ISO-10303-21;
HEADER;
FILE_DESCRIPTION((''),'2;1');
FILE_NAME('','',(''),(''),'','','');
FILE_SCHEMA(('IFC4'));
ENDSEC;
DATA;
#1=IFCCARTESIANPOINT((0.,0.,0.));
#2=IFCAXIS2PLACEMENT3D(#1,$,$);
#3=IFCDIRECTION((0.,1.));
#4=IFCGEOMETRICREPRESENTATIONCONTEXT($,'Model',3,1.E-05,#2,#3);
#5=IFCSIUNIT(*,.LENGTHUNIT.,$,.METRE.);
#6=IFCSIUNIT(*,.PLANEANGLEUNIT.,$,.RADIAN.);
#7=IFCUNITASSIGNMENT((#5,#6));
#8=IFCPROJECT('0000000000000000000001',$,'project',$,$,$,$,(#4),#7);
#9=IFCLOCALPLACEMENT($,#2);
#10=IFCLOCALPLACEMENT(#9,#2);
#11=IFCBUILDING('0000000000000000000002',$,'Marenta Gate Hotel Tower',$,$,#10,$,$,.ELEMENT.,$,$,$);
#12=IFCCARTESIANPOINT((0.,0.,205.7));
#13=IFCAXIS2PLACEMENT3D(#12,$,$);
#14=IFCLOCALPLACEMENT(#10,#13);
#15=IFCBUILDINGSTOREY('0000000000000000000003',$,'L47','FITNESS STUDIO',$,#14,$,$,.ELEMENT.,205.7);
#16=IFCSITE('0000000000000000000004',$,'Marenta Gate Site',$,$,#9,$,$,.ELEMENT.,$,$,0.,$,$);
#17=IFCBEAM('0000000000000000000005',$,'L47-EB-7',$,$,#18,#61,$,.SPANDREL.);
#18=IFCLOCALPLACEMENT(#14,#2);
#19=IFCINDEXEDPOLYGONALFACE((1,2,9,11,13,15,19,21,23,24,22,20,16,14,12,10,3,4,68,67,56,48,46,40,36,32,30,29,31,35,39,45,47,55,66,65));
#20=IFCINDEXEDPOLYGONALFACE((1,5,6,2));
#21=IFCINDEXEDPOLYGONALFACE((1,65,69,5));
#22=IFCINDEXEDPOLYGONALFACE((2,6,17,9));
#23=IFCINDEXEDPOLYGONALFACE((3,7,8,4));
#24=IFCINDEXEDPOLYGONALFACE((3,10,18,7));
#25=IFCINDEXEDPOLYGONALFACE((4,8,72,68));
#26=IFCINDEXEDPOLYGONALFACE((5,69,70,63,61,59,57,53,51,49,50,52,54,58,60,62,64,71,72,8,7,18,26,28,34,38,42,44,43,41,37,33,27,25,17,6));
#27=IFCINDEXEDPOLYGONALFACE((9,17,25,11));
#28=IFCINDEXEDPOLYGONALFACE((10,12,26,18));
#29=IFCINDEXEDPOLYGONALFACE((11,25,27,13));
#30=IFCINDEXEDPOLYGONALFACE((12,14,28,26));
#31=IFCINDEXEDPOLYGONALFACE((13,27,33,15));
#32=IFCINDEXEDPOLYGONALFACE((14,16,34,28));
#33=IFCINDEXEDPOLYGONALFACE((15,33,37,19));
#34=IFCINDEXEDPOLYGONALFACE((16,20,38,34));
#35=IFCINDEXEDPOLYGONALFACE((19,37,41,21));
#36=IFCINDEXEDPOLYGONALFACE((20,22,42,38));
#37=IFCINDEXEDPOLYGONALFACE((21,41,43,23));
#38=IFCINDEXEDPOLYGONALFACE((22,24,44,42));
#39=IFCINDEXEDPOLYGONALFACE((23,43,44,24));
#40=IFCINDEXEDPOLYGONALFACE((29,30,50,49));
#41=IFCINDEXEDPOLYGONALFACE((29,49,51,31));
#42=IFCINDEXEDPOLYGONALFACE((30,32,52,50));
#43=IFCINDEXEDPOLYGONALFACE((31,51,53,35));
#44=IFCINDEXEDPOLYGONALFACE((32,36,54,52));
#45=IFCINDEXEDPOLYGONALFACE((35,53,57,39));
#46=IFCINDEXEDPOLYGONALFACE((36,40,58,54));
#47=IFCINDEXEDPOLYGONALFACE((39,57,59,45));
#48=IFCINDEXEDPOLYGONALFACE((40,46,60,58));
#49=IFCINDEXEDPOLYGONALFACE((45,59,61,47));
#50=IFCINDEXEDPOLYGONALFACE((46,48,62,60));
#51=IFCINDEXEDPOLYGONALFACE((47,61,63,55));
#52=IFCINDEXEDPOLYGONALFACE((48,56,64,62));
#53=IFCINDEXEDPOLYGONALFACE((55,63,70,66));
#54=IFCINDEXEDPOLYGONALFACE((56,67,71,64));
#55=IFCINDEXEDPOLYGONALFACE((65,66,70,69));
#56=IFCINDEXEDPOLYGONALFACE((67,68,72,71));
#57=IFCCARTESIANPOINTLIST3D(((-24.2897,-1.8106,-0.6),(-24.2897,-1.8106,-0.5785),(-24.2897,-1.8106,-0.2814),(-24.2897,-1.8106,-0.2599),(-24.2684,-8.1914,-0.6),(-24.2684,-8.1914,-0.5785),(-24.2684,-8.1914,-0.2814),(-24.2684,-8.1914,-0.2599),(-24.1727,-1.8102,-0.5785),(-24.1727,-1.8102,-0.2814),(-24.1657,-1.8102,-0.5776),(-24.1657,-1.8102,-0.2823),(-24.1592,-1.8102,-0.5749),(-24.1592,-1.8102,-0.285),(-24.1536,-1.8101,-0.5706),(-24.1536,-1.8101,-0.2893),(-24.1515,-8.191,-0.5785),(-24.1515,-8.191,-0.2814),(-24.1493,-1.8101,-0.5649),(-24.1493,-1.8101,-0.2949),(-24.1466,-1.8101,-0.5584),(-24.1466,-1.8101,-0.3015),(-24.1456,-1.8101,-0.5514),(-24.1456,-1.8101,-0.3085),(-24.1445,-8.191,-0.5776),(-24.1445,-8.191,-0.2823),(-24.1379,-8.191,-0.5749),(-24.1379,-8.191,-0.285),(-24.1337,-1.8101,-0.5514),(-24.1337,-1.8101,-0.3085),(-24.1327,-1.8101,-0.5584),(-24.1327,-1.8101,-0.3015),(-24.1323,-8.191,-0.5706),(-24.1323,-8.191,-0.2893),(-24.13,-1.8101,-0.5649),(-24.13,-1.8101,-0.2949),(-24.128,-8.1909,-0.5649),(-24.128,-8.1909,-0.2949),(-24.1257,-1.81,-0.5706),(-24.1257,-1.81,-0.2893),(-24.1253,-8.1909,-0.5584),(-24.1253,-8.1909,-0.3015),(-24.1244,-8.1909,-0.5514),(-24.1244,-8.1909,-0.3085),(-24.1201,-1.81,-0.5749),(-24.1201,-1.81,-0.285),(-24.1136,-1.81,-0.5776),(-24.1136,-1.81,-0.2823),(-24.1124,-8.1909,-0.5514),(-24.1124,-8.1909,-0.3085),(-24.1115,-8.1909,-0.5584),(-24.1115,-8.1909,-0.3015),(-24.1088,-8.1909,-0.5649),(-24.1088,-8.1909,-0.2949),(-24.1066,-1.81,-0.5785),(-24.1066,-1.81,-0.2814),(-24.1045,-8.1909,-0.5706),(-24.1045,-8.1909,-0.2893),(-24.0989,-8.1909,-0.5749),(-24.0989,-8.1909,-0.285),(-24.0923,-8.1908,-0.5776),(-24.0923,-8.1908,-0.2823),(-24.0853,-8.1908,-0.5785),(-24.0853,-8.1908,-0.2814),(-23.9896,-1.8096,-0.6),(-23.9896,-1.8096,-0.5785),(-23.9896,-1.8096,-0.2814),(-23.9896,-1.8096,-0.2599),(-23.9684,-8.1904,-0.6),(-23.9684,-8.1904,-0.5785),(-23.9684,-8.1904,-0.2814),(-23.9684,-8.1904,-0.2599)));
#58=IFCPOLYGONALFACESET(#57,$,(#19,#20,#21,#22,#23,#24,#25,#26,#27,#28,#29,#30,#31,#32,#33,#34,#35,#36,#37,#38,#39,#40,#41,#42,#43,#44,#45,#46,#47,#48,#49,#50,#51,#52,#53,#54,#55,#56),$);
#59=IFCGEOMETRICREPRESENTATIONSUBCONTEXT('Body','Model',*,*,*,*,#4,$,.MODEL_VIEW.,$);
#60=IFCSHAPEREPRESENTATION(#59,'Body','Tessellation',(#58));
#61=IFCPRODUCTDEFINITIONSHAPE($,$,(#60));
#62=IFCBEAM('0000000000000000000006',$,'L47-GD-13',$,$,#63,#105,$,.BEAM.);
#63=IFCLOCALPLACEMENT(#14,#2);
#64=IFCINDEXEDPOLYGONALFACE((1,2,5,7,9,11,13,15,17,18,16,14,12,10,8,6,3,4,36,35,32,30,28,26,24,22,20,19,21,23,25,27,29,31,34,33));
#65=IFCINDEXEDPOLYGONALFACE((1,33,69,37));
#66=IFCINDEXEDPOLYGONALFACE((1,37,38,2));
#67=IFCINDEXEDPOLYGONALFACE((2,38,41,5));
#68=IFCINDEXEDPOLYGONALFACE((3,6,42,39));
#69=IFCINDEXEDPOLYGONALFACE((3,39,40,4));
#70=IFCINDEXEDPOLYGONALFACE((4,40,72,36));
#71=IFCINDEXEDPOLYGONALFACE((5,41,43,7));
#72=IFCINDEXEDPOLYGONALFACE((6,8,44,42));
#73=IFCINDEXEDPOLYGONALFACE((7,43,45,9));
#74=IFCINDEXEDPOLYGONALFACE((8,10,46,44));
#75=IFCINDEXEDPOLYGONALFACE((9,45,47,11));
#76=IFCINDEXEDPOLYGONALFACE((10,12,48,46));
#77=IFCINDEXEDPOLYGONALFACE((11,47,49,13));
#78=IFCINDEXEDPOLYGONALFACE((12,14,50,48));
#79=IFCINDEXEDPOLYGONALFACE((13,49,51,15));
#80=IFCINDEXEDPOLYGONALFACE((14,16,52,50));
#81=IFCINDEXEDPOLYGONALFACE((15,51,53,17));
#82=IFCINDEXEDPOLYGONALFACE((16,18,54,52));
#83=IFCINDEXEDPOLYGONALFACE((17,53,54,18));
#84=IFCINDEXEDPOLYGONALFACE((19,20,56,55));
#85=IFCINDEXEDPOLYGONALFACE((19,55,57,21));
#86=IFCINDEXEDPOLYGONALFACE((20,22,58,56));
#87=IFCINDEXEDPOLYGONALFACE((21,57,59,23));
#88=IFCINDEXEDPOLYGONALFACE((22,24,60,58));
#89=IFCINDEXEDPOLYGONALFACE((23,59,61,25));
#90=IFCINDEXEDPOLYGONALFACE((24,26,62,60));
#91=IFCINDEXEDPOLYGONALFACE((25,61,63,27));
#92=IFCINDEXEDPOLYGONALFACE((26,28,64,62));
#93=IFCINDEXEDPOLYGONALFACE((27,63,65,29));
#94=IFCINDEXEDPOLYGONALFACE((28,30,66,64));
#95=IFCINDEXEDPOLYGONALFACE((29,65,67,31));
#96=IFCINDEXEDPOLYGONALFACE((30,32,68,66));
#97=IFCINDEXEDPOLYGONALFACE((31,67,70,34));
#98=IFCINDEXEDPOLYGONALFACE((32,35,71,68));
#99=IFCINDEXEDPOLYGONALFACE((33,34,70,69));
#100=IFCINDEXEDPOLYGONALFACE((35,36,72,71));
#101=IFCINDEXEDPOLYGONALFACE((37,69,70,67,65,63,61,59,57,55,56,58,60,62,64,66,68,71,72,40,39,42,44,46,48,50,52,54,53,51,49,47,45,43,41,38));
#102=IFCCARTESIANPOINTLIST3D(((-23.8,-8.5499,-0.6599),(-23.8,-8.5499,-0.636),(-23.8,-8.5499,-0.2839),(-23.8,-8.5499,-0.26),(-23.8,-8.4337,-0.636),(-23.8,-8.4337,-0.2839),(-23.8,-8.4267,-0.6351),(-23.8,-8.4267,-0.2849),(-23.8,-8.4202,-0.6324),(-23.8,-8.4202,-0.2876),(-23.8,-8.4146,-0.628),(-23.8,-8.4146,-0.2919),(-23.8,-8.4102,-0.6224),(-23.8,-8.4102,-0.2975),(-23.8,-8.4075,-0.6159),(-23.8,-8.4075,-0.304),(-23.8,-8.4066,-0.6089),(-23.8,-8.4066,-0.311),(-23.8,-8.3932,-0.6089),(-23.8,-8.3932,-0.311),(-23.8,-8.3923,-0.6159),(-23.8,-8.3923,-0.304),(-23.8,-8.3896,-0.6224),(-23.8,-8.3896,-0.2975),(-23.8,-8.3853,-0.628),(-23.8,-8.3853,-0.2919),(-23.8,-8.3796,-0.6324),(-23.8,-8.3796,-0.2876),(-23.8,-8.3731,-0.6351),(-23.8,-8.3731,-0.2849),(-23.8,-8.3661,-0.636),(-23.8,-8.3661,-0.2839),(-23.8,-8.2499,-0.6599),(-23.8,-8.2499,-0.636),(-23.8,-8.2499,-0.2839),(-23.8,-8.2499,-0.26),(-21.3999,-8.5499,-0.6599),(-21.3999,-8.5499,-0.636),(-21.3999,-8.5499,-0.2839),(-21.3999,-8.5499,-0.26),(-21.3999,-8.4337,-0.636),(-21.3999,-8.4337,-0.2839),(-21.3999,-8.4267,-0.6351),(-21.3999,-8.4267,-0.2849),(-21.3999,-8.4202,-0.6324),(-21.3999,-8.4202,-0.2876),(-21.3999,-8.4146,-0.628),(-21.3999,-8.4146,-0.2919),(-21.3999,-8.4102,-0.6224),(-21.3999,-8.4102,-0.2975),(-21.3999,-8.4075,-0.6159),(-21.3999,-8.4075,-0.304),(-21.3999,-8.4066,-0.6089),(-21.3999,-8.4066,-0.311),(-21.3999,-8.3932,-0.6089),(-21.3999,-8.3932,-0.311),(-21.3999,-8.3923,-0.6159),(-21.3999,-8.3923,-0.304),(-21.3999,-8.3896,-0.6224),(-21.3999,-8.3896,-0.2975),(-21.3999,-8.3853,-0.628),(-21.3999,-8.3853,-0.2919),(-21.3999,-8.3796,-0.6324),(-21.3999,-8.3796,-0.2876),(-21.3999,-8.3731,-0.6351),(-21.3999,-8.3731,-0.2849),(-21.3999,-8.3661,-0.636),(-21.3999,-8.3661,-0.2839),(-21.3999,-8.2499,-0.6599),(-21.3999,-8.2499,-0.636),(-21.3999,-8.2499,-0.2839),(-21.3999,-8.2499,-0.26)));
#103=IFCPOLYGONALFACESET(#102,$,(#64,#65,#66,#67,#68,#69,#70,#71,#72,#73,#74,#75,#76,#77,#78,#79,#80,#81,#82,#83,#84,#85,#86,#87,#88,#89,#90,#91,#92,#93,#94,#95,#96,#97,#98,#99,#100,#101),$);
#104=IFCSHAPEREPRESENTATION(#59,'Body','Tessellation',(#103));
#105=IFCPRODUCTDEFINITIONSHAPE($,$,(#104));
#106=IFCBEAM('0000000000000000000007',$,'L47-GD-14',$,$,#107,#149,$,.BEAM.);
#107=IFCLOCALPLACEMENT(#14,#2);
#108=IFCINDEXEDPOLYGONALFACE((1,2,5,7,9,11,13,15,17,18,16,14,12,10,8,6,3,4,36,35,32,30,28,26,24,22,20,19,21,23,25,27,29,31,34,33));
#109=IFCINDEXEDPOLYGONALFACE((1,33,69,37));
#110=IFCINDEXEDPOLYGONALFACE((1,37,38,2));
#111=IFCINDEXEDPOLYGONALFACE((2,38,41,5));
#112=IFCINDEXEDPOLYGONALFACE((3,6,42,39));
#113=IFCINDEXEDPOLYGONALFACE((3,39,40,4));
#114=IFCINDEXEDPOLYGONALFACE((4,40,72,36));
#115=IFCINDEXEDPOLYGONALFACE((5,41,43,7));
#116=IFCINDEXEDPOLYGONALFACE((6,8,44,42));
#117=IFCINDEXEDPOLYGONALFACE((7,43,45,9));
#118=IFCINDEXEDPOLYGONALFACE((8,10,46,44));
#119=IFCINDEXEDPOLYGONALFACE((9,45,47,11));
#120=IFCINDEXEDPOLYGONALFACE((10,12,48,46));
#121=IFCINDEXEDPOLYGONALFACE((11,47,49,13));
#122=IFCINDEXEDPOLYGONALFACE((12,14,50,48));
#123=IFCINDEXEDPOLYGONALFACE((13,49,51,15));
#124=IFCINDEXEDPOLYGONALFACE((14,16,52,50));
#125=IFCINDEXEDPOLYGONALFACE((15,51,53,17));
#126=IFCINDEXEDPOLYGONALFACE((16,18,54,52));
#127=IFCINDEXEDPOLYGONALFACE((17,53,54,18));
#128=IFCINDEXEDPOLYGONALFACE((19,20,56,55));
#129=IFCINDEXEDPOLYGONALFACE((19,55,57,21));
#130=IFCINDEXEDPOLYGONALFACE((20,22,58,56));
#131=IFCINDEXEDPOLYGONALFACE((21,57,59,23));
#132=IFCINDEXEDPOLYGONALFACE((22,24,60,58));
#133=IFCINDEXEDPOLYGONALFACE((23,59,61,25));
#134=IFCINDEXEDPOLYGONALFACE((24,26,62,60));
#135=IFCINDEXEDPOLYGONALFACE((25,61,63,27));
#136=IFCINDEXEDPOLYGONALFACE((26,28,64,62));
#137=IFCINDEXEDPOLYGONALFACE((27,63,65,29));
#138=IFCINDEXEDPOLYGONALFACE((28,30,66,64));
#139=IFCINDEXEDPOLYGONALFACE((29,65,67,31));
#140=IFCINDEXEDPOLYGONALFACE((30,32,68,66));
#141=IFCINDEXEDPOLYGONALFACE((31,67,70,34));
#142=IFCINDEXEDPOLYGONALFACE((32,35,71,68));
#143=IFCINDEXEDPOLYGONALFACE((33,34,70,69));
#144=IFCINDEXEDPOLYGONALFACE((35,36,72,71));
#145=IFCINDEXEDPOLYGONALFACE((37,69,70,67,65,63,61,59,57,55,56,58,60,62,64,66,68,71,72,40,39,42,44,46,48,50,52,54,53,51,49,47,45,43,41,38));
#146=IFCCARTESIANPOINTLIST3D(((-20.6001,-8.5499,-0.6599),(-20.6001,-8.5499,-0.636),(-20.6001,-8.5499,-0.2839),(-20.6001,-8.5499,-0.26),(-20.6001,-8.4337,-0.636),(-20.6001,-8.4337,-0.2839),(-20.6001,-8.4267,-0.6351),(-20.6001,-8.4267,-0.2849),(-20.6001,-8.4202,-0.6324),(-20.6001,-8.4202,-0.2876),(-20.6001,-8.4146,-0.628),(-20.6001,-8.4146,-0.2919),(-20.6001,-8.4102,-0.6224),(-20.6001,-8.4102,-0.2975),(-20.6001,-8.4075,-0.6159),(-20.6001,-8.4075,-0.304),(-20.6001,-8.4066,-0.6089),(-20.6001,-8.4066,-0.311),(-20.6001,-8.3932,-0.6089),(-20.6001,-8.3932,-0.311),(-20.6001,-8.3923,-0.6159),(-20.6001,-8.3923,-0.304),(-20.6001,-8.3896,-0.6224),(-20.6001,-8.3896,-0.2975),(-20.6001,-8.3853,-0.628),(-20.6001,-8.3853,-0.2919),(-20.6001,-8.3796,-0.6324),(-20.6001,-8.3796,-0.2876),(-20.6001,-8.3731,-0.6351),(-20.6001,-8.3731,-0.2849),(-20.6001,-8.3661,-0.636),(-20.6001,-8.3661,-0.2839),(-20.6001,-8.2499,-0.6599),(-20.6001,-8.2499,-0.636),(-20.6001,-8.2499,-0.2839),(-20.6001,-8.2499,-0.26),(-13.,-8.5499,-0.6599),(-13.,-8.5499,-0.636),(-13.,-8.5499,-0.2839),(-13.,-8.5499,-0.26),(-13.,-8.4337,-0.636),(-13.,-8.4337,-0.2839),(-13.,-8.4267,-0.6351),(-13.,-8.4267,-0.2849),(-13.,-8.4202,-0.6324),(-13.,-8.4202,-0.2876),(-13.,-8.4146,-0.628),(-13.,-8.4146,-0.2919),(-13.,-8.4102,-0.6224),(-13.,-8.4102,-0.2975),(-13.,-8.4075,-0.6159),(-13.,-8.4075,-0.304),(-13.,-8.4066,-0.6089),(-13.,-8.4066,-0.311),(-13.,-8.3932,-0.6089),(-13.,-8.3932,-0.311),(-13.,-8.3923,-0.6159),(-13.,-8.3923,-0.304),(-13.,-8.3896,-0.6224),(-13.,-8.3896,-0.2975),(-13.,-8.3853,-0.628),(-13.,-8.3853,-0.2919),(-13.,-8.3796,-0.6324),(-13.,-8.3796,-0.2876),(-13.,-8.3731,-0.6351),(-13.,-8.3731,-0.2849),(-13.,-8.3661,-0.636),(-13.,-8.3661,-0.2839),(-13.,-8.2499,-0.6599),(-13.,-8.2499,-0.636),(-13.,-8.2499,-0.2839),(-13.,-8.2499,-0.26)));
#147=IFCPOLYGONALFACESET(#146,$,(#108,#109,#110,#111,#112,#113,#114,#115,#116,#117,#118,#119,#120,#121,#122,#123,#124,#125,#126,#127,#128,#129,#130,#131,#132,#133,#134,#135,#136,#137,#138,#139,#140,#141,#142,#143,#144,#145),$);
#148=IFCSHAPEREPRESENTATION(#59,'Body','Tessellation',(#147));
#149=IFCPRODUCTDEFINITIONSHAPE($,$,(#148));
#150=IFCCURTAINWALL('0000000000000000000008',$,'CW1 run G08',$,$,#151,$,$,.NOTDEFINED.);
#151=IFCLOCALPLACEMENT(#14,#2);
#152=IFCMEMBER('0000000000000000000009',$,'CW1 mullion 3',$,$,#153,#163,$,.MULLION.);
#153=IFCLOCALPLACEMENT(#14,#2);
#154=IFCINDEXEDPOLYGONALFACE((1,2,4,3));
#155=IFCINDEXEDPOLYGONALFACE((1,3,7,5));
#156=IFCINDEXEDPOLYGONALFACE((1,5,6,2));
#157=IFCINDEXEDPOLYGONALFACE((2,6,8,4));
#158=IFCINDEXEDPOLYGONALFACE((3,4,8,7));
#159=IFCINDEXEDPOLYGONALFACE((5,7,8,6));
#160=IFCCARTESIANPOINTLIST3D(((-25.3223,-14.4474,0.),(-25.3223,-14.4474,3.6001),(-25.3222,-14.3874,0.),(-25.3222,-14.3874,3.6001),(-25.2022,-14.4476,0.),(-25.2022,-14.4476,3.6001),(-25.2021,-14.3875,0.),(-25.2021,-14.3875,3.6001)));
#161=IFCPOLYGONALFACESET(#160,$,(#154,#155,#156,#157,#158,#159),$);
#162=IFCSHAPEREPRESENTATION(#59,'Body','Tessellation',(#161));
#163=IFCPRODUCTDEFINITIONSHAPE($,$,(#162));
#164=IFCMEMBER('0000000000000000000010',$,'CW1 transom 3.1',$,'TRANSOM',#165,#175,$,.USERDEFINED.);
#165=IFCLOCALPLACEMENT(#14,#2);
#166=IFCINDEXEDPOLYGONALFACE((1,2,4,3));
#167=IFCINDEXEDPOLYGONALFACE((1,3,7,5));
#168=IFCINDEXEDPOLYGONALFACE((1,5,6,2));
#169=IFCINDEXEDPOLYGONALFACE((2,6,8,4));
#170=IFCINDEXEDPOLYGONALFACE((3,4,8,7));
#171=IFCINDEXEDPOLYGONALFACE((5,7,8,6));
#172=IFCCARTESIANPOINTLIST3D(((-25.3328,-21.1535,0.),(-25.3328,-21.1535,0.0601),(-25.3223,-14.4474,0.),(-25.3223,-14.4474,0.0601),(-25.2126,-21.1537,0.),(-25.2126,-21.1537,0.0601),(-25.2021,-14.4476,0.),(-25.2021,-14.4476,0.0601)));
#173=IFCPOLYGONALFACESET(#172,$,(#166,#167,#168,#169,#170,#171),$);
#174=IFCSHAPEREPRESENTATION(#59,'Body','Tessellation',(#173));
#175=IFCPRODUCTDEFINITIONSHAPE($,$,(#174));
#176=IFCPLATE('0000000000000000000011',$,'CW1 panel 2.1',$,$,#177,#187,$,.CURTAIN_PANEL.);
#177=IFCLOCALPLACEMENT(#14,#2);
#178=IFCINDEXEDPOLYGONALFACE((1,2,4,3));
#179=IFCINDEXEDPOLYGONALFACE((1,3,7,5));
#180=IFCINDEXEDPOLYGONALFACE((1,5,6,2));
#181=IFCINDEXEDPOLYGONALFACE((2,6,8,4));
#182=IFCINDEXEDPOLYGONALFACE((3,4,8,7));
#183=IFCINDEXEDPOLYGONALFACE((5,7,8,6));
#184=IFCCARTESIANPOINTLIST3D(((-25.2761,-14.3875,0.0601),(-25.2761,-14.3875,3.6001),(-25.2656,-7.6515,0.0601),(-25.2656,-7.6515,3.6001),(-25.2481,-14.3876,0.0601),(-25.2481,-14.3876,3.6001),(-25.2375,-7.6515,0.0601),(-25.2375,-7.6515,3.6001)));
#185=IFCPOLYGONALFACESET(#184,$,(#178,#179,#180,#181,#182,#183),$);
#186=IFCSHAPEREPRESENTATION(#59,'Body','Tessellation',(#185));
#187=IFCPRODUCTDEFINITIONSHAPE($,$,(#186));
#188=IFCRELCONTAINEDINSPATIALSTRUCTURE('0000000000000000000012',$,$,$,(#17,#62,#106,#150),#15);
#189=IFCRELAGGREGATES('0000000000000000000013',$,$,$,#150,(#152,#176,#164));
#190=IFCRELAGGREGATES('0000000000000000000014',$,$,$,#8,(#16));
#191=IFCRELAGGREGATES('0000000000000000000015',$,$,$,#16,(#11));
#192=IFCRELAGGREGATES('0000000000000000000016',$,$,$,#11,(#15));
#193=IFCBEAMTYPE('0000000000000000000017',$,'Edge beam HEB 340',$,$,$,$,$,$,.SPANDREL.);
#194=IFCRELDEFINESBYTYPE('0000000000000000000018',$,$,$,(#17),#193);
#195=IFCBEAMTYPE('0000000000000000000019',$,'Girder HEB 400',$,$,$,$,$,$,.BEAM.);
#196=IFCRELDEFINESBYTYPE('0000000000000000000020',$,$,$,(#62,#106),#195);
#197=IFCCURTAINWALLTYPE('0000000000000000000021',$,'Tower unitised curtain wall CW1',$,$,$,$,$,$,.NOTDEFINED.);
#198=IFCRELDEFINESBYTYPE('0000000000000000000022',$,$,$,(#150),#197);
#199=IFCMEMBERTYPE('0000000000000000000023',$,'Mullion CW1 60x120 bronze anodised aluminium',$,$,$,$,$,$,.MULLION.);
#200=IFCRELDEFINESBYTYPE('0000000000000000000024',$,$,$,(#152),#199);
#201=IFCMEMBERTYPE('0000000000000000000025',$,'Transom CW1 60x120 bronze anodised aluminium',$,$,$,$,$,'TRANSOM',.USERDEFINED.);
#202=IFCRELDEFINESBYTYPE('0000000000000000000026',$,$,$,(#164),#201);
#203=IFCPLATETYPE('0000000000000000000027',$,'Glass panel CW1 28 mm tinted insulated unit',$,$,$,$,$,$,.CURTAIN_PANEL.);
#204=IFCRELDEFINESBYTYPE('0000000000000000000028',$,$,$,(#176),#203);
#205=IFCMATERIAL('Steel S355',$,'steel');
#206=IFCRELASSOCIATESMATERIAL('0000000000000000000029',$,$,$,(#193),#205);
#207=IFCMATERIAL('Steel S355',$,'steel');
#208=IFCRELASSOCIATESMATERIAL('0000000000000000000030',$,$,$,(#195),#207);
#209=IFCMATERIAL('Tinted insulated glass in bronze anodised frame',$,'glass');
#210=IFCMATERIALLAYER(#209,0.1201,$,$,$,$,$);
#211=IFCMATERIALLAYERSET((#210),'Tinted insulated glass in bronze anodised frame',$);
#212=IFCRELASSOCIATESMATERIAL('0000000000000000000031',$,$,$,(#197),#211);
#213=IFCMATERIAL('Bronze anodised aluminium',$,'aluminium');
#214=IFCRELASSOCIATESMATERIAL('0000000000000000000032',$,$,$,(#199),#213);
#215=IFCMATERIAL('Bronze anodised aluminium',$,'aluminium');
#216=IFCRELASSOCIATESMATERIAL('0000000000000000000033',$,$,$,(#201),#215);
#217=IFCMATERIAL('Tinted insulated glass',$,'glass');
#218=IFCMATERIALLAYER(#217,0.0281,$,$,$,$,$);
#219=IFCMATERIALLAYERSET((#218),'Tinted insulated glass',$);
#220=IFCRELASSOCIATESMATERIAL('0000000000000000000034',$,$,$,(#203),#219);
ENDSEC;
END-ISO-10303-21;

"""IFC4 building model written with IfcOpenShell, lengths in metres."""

from ifc_helpers import new_model, si_unit, direction, frame, origin, origin_2d, place, context, subcontext, project, spatial, rectangle, i_section, extrude, material, layer, layer_set, material_profile, profile_set, type_object, element, aggregate, save


model = new_model("IFC4")

# Units and contexts
model_context = context("Model", 3, precision=1e-05, world=origin(), true_north=direction((0.0, 1.0)))
body_context = subcontext(model_context, "Body", "Model", "MODEL_VIEW")
ifc_project = project(units=[si_unit("LENGTHUNIT", "METRE"), si_unit("PLANEANGLEUNIT", "RADIAN")], contexts=[model_context])

# Site, building, storey
site_placement = place(None, origin())
site = spatial("IfcSite", under=ifc_project, at=site_placement, Name="Marenta Gate Site", CompositionType="ELEMENT", RefElevation=0.0)
building_placement = place(site_placement, origin())
building = spatial("IfcBuilding", under=site, at=building_placement, Name="Marenta Gate Hotel Tower", CompositionType="ELEMENT")
storey_placement = place(building_placement, frame((0.0, 0.0, 205.7)))
storey = spatial("IfcBuildingStorey", under=building, at=storey_placement, Name="L47", Description="FITNESS STUDIO", CompositionType="ELEMENT", Elevation=205.7)

# Beams
ifc_material_1 = material(Name="Steel S355", Category="steel")
ifc_material_profile_1 = material_profile(ifc_material_1, i_section(OverallWidth=0.3, OverallDepth=0.3401, WebThickness=0.012, FlangeThickness=0.0215, FilletRadius=0.0271, at=origin_2d()), Name="HEB 340")
ifc_profile_set_1 = profile_set([ifc_material_profile_1], Name="Steel S355")
beam_type_1 = type_object("IfcBeamType", Name="Edge beam HEB 340", PredefinedType="SPANDREL", material=ifc_profile_set_1)
beam_1_placement = place(storey_placement, frame((-24.1184, -8.1909, -0.4299), z_axis=(-0.003329, 0.999994, 0.0), x_axis=(-0.999994, -0.003329, 0.0)))
element("IfcBeam", 1, at=beam_1_placement, inside=storey, type_object=beam_type_1, Name="L47-EB-7", PredefinedType="SPANDREL", context=body_context, shape_type="SweptSolid", body=[
    extrude(i_section(OverallWidth=0.3, OverallDepth=0.3401, WebThickness=0.012, FlangeThickness=0.0215, FilletRadius=0.0271, at=origin_2d()), origin(), (0.0, 0.0, 1.0), 6.3809),
])
ifc_material_2 = material(Name="Steel S355", Category="steel")
ifc_material_profile_2 = material_profile(ifc_material_2, i_section(OverallWidth=0.3, OverallDepth=0.3999, WebThickness=0.0134, FlangeThickness=0.0239, FilletRadius=0.0271, at=origin_2d()), Name="HEB 400")
ifc_profile_set_2 = profile_set([ifc_material_profile_2], Name="Steel S355")
beam_type_2 = type_object("IfcBeamType", Name="Girder HEB 400", PredefinedType="BEAM", material=ifc_profile_set_2)
beam_2_placement = place(storey_placement, frame((-23.8, -8.3999, -0.46), z_axis=(1.0, 0.0, 0.0), x_axis=(0.0, 1.0, 0.0)))
element("IfcBeam", 2, at=beam_2_placement, inside=storey, type_object=beam_type_2, Name="L47-GD-13", PredefinedType="BEAM", context=body_context, shape_type="SweptSolid", body=[
    extrude(i_section(OverallWidth=0.3, OverallDepth=0.3999, WebThickness=0.0134, FlangeThickness=0.0239, FilletRadius=0.0271, at=origin_2d()), origin(), (0.0, 0.0, 1.0), 2.4001),
])
beam_3_placement = place(storey_placement, frame((-20.6001, -8.3999, -0.46), z_axis=(1.0, 0.0, 0.0), x_axis=(0.0, 1.0, 0.0)))
element("IfcBeam", 3, at=beam_3_placement, inside=storey, type_object=beam_type_2, Name="L47-GD-14", PredefinedType="BEAM", context=body_context, shape_type="SweptSolid", body=[
    extrude(i_section(OverallWidth=0.3, OverallDepth=0.3999, WebThickness=0.0134, FlangeThickness=0.0239, FilletRadius=0.0271, at=origin_2d()), origin(), (0.0, 0.0, 1.0), 7.6001),
])

# Curtain wall, members, plate
ifc_material_3 = material(Name="Tinted insulated glass in bronze anodised frame", Category="glass")
ifc_layer_1 = layer(ifc_material_3, 0.1201)
ifc_layer_set_1 = layer_set([ifc_layer_1], Name="Tinted insulated glass in bronze anodised frame")
curtain_wall_type = type_object("IfcCurtainWallType", Name="Tower unitised curtain wall CW1", PredefinedType="NOTDEFINED", material=ifc_layer_set_1)
curtain_wall_placement = place(storey_placement, origin())
curtain_wall = element("IfcCurtainWall", 4, at=curtain_wall_placement, inside=storey, type_object=curtain_wall_type, Name="CW1 run G08", PredefinedType="NOTDEFINED")
ifc_material_4 = material(Name="Bronze anodised aluminium", Category="aluminium")
ifc_material_profile_3 = material_profile(ifc_material_4, rectangle(XDim=0.1201, YDim=0.0601, at=origin_2d()), Name="Mullion CW1 60x120 bronze anodised aluminium")
ifc_profile_set_3 = profile_set([ifc_material_profile_3], Name="Bronze anodised aluminium")
member_type_1 = type_object("IfcMemberType", Name="Mullion CW1 60x120 bronze anodised aluminium", PredefinedType="MULLION", material=ifc_profile_set_3)
member_1_placement = place(storey_placement, frame((-25.2622, -14.4175, 0.0), z_axis=(0.0, 0.0, 1.0), x_axis=(0.999999, -0.001565, 0.0)))
member_1 = element("IfcMember", 5, at=member_1_placement, type_object=member_type_1, Name="CW1 mullion 3", PredefinedType="MULLION", context=body_context, shape_type="SweptSolid", body=[
    extrude(rectangle(XDim=0.1201, YDim=0.0601, at=origin_2d()), origin(), (0.0, 0.0, 1.0), 3.6001),
])
ifc_material_5 = material(Name="Bronze anodised aluminium", Category="aluminium")
ifc_material_profile_4 = material_profile(ifc_material_5, rectangle(XDim=0.1201, YDim=0.0601, at=origin_2d()), Name="Transom CW1 60x120 bronze anodised aluminium")
ifc_profile_set_4 = profile_set([ifc_material_profile_4], Name="Bronze anodised aluminium")
member_type_2 = type_object("IfcMemberType", Name="Transom CW1 60x120 bronze anodised aluminium", ElementType="TRANSOM", PredefinedType="USERDEFINED", material=ifc_profile_set_4)
member_2_placement = place(storey_placement, frame((-25.2622, -14.4475, 0.03), z_axis=(-0.001565, -0.999999, 0.0), x_axis=(0.999999, -0.001565, 0.0)))
member_2 = element("IfcMember", 6, at=member_2_placement, type_object=member_type_2, Name="CW1 transom 3.1", ObjectType="TRANSOM", PredefinedType="USERDEFINED", context=body_context, shape_type="SweptSolid", body=[
    extrude(rectangle(XDim=0.1201, YDim=0.0601, at=origin_2d()), origin(), (0.0, 0.0, 1.0), 6.7061),
])
ifc_material_6 = material(Name="Tinted insulated glass", Category="glass")
ifc_layer_2 = layer(ifc_material_6, 0.0281)
ifc_layer_set_2 = layer_set([ifc_layer_2], Name="Tinted insulated glass")
plate_type = type_object("IfcPlateType", Name="Glass panel CW1 28 mm tinted insulated unit", PredefinedType="CURTAIN_PANEL", material=ifc_layer_set_2)
plate_placement = place(storey_placement, frame((-25.2568, -11.0195, 0.0601), z_axis=(0.0, 0.0, 1.0), x_axis=(-0.001565, -0.999999, 0.0)))
plate = element("IfcPlate", 7, at=plate_placement, type_object=plate_type, Name="CW1 panel 2.1", PredefinedType="CURTAIN_PANEL", context=body_context, shape_type="SweptSolid", body=[
    extrude(rectangle(XDim=6.7361, YDim=0.0281, at=origin_2d()), origin(), (0.0, 0.0, 1.0), 3.54),
])
aggregate(curtain_wall, [member_1, plate, member_2])

save(model, "model.ifc")
